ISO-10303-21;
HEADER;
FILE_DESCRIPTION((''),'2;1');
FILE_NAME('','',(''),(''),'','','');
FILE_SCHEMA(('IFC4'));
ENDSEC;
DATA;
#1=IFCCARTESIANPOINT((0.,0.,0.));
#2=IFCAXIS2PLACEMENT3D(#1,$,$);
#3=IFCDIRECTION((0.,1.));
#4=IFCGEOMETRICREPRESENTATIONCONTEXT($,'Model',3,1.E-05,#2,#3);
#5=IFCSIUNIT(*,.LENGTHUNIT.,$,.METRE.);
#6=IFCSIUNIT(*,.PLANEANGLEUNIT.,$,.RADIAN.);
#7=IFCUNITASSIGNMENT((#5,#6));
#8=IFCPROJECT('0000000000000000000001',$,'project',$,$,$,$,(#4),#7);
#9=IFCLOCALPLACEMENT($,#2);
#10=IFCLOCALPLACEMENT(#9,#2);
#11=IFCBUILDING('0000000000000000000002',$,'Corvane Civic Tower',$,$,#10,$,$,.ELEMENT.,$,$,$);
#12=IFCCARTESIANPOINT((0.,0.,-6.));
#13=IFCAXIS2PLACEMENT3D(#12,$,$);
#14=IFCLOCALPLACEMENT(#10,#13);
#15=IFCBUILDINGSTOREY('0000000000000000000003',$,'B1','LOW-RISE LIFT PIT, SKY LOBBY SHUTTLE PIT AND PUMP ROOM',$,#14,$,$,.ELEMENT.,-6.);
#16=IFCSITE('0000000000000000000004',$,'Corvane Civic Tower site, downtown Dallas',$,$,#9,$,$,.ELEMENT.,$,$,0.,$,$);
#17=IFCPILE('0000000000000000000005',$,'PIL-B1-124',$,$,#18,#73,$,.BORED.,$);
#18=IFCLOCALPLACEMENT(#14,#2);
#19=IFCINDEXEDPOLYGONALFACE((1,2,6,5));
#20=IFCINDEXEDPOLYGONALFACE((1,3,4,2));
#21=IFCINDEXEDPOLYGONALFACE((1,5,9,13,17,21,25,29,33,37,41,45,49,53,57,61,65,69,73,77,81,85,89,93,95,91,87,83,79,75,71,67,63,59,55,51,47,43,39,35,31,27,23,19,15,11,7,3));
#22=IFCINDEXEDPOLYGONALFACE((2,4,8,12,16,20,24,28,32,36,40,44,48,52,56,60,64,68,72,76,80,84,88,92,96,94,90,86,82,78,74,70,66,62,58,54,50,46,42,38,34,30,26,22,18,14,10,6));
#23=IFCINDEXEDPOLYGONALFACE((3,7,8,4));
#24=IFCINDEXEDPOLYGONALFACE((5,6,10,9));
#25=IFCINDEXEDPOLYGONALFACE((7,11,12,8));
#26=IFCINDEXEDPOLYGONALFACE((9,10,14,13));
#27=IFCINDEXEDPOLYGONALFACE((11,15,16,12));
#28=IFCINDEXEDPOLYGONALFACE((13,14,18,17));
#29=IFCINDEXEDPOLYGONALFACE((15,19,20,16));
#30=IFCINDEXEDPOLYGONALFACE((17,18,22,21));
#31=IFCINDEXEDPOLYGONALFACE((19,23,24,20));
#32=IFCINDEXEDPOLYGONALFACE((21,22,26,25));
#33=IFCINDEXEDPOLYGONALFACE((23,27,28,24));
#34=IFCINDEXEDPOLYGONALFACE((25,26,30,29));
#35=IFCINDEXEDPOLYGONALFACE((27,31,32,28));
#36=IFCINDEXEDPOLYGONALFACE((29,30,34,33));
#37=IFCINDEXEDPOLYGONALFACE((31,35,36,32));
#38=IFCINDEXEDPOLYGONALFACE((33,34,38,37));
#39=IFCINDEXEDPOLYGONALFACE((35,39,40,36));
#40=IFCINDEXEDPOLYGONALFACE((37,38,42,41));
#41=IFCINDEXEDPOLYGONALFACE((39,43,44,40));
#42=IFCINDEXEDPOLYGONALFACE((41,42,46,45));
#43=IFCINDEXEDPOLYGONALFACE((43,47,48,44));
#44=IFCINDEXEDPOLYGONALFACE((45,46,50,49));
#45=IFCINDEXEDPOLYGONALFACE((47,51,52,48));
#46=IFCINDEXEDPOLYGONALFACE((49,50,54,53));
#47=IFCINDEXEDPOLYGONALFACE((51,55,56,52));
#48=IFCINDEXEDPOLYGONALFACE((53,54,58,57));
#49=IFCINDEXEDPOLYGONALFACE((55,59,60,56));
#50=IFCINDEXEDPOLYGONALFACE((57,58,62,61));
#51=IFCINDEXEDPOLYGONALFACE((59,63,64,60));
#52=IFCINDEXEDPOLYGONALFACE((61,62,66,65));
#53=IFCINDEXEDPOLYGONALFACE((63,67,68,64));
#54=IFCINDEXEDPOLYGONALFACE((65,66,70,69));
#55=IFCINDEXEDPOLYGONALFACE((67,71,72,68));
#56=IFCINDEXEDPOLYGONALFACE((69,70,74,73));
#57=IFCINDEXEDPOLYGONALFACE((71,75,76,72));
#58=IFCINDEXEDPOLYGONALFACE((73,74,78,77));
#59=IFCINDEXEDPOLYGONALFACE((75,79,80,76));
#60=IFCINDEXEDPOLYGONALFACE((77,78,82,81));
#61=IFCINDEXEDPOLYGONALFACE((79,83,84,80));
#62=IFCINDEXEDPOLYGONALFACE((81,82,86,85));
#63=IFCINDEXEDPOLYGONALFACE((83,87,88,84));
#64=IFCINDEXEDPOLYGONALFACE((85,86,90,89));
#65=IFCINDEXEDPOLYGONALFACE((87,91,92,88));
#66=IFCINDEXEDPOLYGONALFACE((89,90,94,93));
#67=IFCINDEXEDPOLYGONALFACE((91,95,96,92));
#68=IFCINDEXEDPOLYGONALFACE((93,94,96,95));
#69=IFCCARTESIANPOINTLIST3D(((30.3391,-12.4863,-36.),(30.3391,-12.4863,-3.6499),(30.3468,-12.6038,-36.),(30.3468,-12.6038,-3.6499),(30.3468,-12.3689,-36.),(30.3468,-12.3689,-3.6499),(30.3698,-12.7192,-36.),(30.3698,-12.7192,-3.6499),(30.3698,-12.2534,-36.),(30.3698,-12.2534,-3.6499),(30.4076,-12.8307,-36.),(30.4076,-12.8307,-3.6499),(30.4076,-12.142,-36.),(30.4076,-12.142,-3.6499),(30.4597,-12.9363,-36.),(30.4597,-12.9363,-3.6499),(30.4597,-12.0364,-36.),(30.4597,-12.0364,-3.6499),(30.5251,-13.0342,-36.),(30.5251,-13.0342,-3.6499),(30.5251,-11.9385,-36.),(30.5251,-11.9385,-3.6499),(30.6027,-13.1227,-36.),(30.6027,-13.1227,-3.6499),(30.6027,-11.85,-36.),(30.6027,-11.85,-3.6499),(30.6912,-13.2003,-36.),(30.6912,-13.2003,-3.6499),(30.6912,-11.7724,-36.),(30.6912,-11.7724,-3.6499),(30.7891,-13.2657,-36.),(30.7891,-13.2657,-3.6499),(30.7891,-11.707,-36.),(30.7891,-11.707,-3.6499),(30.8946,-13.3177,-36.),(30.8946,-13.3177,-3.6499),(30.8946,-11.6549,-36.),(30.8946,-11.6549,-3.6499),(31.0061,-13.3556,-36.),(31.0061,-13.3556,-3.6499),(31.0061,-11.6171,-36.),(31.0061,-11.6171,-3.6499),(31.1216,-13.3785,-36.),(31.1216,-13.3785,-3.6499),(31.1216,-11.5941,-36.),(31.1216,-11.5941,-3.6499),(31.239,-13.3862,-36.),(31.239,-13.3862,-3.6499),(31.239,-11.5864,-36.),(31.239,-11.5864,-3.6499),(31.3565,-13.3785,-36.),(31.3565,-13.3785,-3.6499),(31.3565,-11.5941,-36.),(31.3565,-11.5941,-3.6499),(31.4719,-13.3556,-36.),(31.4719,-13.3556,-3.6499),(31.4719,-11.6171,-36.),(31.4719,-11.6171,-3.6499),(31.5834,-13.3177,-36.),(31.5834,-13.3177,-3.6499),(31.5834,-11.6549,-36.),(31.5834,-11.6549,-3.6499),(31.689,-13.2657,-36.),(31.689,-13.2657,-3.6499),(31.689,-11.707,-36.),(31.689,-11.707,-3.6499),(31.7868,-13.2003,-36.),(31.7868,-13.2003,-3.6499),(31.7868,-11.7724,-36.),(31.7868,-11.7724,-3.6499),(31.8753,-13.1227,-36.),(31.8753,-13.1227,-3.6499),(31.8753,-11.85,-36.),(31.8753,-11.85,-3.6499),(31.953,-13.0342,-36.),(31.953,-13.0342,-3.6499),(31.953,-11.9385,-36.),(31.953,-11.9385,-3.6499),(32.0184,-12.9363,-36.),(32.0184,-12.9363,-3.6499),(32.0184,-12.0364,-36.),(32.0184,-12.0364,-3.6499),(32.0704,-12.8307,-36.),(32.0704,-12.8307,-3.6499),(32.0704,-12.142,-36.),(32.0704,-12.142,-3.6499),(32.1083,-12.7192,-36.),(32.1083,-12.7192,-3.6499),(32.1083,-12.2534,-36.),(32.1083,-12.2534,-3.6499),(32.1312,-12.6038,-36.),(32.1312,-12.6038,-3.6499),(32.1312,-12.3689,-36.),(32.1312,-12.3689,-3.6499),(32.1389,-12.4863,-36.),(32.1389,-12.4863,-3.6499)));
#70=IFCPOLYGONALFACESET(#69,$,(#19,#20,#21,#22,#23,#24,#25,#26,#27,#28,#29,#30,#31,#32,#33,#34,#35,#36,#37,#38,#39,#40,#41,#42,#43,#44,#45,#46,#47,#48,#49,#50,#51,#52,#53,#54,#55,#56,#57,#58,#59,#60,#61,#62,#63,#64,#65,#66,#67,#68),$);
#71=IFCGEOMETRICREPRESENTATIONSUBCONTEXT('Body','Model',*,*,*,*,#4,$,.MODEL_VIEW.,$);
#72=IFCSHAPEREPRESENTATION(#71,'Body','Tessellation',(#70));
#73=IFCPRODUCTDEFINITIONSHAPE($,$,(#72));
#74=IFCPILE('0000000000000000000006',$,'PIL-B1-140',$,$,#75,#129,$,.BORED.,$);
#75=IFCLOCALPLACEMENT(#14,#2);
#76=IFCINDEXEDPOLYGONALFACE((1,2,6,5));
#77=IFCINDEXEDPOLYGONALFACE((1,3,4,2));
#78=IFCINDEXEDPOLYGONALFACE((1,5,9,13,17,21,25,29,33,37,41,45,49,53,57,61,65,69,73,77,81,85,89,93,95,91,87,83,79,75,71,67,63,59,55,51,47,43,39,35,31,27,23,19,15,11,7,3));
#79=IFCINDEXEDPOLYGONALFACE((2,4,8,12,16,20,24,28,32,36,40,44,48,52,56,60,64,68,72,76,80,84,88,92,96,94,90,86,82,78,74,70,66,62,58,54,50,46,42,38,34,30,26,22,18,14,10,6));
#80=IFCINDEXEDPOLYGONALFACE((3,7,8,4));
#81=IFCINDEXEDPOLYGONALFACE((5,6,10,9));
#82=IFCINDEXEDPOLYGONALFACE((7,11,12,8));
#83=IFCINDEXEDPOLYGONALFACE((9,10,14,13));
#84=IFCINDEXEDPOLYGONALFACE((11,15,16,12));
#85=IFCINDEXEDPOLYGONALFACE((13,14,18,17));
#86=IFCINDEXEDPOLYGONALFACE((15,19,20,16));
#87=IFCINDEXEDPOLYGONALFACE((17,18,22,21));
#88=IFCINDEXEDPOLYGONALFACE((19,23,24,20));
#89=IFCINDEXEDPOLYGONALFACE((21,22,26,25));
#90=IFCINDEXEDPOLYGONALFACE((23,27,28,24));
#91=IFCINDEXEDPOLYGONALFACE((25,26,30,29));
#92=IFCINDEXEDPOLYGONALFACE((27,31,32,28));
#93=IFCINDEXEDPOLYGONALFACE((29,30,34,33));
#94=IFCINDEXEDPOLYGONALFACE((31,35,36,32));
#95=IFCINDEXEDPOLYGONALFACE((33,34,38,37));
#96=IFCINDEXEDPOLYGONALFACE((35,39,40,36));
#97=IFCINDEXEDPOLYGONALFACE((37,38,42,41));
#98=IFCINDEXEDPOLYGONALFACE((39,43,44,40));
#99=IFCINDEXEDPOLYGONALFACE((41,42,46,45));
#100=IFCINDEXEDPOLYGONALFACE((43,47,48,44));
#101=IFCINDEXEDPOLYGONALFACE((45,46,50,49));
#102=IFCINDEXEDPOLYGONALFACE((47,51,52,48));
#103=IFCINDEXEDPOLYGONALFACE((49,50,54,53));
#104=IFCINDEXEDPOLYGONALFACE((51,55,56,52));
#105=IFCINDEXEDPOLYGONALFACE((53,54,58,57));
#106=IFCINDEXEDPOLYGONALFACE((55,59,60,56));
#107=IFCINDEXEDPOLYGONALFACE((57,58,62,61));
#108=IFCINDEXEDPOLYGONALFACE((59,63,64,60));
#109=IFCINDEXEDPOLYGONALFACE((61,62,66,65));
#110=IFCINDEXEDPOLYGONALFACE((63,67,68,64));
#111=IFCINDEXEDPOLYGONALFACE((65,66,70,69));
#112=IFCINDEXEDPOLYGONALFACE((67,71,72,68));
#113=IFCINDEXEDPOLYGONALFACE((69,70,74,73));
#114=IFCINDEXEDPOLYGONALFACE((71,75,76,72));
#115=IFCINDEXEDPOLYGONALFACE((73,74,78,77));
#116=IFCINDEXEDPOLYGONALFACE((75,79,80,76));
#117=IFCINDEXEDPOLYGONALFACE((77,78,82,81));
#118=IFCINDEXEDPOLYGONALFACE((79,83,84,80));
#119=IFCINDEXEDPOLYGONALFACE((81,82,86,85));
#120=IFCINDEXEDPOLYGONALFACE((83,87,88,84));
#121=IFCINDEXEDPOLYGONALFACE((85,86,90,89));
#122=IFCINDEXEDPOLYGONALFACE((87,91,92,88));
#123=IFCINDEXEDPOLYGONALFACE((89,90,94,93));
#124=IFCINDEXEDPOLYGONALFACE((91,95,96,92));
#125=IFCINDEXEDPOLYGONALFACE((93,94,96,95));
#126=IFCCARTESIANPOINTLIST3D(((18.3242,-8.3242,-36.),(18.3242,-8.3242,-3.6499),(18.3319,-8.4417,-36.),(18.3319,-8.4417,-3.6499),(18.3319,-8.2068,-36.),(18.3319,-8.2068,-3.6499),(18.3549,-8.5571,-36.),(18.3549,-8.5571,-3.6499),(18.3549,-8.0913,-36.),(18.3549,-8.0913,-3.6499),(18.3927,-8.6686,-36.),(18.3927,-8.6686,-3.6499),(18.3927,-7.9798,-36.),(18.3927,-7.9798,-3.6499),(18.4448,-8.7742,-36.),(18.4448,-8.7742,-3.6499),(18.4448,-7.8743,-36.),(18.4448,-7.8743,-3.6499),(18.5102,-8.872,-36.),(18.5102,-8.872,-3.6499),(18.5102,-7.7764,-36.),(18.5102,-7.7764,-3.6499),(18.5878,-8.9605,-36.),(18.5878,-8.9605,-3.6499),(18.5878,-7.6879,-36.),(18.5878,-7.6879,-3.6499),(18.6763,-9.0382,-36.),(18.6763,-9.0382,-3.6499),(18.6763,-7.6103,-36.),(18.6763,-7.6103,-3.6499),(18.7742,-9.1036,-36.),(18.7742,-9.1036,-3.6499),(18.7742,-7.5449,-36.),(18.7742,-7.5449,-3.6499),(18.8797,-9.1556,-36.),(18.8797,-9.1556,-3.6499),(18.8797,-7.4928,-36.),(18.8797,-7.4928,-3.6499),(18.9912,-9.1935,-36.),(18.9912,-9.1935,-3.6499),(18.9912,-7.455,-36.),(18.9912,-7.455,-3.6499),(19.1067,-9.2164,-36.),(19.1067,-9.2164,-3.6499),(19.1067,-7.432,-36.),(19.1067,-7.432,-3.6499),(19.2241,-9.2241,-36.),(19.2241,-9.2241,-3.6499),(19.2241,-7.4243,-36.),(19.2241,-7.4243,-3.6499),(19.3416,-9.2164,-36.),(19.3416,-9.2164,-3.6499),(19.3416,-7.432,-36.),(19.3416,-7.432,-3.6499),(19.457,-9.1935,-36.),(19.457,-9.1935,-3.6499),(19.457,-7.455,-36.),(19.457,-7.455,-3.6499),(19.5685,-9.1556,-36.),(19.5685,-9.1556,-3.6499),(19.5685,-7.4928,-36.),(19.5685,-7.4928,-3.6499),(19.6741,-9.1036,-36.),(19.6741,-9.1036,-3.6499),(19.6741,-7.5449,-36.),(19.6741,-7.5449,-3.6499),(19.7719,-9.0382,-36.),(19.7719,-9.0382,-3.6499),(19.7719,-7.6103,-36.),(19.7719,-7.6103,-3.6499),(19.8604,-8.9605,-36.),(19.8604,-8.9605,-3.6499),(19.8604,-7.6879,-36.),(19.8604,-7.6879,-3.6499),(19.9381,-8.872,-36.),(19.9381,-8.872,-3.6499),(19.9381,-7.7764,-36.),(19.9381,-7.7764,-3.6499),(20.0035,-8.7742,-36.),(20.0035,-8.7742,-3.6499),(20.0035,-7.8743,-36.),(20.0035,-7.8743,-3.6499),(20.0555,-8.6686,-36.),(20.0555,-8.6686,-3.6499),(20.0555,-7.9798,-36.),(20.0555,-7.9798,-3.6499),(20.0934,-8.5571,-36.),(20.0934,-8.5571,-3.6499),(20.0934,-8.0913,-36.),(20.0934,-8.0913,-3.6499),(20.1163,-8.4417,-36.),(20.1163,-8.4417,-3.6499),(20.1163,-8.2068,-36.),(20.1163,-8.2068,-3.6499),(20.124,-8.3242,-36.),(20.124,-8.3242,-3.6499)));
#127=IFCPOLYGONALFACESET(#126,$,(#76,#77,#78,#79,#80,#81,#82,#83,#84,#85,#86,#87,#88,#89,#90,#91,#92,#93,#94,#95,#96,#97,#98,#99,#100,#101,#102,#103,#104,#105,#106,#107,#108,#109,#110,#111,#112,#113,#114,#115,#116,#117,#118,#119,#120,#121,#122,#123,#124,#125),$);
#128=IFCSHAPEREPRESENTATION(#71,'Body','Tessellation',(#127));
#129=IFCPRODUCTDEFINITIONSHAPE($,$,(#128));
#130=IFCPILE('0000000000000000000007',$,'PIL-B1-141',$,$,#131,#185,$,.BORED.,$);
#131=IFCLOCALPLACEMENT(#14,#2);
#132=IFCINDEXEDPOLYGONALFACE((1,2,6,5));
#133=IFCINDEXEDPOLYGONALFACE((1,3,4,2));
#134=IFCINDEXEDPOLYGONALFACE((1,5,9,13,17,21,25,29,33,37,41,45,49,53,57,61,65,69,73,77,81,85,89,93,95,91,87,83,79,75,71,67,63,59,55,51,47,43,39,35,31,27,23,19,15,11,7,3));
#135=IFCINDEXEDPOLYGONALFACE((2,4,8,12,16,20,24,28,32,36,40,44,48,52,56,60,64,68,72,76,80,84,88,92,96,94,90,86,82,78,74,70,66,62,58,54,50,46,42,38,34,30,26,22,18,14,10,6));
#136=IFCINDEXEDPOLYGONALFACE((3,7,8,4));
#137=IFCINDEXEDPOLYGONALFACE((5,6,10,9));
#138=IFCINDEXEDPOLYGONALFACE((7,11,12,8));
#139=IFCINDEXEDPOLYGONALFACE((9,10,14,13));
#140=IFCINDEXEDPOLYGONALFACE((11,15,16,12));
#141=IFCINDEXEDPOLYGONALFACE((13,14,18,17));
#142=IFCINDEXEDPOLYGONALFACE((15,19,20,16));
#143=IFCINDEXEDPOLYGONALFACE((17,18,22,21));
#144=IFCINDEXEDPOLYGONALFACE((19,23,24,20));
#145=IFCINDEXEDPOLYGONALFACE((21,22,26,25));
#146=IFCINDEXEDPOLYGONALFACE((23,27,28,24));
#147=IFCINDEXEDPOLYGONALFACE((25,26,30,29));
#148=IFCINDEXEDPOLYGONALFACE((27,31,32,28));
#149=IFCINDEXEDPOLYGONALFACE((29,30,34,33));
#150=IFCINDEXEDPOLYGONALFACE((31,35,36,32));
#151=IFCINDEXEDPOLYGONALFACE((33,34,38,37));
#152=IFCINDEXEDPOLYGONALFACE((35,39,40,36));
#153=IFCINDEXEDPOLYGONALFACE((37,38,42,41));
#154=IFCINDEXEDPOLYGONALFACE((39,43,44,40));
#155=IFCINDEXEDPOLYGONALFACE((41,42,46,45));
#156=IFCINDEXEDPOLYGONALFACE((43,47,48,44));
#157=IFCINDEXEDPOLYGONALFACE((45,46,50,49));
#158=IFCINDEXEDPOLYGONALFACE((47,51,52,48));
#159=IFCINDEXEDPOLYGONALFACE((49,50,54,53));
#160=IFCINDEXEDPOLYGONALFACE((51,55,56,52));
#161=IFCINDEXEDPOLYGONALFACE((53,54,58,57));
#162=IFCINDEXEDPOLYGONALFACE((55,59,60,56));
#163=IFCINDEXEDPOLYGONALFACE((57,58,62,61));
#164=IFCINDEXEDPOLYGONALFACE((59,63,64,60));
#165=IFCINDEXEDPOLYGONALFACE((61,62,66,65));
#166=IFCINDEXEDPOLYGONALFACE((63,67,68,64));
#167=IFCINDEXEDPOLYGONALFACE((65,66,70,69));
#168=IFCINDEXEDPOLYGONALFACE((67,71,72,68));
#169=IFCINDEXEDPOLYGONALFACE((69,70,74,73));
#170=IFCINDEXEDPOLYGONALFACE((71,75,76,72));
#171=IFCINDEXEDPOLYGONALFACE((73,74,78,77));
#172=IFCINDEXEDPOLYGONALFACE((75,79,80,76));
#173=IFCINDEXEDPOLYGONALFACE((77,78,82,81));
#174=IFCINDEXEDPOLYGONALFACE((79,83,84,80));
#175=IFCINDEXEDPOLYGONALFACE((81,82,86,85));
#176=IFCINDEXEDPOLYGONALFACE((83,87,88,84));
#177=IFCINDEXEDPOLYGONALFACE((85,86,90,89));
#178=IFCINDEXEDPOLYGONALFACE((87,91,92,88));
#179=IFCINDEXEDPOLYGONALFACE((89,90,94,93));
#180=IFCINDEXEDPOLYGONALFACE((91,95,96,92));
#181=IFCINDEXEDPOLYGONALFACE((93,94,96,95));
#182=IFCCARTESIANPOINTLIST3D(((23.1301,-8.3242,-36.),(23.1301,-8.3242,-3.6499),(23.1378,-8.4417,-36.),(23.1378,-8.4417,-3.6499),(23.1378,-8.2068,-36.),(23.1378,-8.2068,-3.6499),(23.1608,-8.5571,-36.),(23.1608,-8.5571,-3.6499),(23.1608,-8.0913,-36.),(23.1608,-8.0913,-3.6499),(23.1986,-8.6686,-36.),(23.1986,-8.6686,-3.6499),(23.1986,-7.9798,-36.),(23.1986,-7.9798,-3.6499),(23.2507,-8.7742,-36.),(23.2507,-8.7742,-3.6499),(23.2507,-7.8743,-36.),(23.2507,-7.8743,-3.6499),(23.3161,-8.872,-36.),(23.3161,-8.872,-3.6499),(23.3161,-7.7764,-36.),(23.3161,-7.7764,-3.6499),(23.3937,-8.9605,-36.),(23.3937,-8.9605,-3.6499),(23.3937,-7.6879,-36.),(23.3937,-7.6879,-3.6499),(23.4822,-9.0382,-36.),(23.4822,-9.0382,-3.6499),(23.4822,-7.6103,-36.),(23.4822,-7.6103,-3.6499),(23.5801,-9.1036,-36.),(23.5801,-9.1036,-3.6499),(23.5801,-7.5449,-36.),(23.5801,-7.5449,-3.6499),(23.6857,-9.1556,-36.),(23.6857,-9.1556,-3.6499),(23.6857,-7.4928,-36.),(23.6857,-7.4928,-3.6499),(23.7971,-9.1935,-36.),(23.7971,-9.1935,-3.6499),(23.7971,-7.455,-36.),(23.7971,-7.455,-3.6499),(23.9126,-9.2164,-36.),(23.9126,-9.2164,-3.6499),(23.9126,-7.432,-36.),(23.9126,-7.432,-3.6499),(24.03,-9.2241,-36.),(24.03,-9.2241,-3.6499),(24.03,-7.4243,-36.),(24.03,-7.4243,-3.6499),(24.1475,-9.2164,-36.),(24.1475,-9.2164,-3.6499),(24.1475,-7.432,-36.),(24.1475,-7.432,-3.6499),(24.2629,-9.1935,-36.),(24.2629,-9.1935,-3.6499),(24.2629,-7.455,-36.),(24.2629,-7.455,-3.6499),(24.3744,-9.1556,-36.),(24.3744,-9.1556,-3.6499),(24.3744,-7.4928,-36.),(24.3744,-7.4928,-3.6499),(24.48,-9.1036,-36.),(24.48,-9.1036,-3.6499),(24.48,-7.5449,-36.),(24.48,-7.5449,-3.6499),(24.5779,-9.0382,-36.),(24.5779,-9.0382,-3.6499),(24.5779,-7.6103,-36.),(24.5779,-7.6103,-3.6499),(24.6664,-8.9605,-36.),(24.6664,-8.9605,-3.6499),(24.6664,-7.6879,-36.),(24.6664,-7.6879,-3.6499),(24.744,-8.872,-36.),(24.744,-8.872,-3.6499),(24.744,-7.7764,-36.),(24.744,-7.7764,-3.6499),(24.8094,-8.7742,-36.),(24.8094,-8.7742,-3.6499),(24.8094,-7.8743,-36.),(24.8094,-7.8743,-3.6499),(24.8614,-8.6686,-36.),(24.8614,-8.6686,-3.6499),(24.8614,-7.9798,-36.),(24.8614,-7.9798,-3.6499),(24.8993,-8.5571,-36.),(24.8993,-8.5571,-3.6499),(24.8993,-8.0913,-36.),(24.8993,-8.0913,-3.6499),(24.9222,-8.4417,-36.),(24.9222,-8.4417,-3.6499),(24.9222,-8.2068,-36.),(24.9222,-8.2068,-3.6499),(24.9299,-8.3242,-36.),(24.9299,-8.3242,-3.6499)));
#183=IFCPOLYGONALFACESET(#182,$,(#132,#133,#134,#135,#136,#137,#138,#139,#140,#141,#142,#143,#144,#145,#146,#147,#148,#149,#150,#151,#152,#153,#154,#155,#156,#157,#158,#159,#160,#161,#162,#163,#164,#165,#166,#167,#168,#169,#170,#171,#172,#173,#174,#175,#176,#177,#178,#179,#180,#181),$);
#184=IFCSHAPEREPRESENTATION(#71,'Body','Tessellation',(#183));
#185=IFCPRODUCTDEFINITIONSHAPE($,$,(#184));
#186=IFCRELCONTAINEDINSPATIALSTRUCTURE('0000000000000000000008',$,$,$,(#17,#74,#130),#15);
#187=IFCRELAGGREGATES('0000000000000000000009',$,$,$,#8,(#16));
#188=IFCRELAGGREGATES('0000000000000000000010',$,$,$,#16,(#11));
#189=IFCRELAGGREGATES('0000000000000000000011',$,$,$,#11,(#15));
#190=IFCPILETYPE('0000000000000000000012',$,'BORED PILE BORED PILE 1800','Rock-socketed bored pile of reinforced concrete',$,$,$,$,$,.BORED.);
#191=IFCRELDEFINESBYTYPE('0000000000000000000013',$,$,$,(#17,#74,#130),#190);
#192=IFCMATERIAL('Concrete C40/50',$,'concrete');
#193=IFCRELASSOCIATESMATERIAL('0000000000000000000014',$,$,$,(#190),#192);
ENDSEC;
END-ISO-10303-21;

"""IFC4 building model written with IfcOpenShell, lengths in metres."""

from ifc_helpers import new_model, si_unit, direction, frame, origin, origin_2d, place, context, subcontext, project, spatial, circle, extrude, material, material_profile, profile_set, type_object, element, save


model = new_model("IFC4")

# Units and contexts
model_context = context("Model", 3, precision=1e-05, world=origin(), true_north=direction((0.0, 1.0)))
body_context = subcontext(model_context, "Body", "Model", "MODEL_VIEW")
ifc_project = project(units=[si_unit("LENGTHUNIT", "METRE"), si_unit("PLANEANGLEUNIT", "RADIAN")], contexts=[model_context])

# Site, building, storey
site_placement = place(None, origin())
site = spatial("IfcSite", under=ifc_project, at=site_placement, Name="Corvane Civic Tower site, downtown Dallas", CompositionType="ELEMENT", RefElevation=0.0)
building_placement = place(site_placement, origin())
building = spatial("IfcBuilding", under=site, at=building_placement, Name="Corvane Civic Tower", CompositionType="ELEMENT")
storey_placement = place(building_placement, frame((0.0, 0.0, -6.0)))
storey = spatial("IfcBuildingStorey", under=building, at=storey_placement, Name="B1", Description="LOW-RISE LIFT PIT, SKY LOBBY SHUTTLE PIT AND PUMP ROOM", CompositionType="ELEMENT", Elevation=-6.0)

# Piles
ifc_material_1 = material(Name="Concrete C40/50", Category="concrete")
ifc_material_profile = material_profile(ifc_material_1, circle(Radius=0.8999, at=origin_2d()), Name="BORED PILE 1800")
ifc_profile_set = profile_set([ifc_material_profile], Name="Concrete C40/50")
pile_type = type_object("IfcPileType", Name="BORED PILE BORED PILE 1800", Description="Rock-socketed bored pile of reinforced concrete", PredefinedType="BORED", material=ifc_profile_set)
for number, where, z_axis, x_axis, name in (
    (1, (31.239, -12.4863, -3.6499), (0.0, 0.0, -1.0), (1.0, 0.0, 0.0), "PIL-B1-124"),
    (2, (19.2241, -8.3242, -3.6499), (0.0, 0.0, -1.0), (1.0, 0.0, 0.0), "PIL-B1-140"),
    (3, (24.03, -8.3242, -3.6499), (0.0, 0.0, -1.0), (1.0, 0.0, 0.0), "PIL-B1-141"),
):
    element("IfcPile", number, at=place(storey_placement, frame(where, z_axis=z_axis, x_axis=x_axis)), inside=storey, type_object=pile_type, Name=name, PredefinedType="BORED", context=body_context, shape_type="SweptSolid", body=[
        extrude(circle(Radius=0.8999, at=origin_2d()), origin(), (0.0, 0.0, 1.0), 32.3501),
    ])

save(model, "model.ifc")
